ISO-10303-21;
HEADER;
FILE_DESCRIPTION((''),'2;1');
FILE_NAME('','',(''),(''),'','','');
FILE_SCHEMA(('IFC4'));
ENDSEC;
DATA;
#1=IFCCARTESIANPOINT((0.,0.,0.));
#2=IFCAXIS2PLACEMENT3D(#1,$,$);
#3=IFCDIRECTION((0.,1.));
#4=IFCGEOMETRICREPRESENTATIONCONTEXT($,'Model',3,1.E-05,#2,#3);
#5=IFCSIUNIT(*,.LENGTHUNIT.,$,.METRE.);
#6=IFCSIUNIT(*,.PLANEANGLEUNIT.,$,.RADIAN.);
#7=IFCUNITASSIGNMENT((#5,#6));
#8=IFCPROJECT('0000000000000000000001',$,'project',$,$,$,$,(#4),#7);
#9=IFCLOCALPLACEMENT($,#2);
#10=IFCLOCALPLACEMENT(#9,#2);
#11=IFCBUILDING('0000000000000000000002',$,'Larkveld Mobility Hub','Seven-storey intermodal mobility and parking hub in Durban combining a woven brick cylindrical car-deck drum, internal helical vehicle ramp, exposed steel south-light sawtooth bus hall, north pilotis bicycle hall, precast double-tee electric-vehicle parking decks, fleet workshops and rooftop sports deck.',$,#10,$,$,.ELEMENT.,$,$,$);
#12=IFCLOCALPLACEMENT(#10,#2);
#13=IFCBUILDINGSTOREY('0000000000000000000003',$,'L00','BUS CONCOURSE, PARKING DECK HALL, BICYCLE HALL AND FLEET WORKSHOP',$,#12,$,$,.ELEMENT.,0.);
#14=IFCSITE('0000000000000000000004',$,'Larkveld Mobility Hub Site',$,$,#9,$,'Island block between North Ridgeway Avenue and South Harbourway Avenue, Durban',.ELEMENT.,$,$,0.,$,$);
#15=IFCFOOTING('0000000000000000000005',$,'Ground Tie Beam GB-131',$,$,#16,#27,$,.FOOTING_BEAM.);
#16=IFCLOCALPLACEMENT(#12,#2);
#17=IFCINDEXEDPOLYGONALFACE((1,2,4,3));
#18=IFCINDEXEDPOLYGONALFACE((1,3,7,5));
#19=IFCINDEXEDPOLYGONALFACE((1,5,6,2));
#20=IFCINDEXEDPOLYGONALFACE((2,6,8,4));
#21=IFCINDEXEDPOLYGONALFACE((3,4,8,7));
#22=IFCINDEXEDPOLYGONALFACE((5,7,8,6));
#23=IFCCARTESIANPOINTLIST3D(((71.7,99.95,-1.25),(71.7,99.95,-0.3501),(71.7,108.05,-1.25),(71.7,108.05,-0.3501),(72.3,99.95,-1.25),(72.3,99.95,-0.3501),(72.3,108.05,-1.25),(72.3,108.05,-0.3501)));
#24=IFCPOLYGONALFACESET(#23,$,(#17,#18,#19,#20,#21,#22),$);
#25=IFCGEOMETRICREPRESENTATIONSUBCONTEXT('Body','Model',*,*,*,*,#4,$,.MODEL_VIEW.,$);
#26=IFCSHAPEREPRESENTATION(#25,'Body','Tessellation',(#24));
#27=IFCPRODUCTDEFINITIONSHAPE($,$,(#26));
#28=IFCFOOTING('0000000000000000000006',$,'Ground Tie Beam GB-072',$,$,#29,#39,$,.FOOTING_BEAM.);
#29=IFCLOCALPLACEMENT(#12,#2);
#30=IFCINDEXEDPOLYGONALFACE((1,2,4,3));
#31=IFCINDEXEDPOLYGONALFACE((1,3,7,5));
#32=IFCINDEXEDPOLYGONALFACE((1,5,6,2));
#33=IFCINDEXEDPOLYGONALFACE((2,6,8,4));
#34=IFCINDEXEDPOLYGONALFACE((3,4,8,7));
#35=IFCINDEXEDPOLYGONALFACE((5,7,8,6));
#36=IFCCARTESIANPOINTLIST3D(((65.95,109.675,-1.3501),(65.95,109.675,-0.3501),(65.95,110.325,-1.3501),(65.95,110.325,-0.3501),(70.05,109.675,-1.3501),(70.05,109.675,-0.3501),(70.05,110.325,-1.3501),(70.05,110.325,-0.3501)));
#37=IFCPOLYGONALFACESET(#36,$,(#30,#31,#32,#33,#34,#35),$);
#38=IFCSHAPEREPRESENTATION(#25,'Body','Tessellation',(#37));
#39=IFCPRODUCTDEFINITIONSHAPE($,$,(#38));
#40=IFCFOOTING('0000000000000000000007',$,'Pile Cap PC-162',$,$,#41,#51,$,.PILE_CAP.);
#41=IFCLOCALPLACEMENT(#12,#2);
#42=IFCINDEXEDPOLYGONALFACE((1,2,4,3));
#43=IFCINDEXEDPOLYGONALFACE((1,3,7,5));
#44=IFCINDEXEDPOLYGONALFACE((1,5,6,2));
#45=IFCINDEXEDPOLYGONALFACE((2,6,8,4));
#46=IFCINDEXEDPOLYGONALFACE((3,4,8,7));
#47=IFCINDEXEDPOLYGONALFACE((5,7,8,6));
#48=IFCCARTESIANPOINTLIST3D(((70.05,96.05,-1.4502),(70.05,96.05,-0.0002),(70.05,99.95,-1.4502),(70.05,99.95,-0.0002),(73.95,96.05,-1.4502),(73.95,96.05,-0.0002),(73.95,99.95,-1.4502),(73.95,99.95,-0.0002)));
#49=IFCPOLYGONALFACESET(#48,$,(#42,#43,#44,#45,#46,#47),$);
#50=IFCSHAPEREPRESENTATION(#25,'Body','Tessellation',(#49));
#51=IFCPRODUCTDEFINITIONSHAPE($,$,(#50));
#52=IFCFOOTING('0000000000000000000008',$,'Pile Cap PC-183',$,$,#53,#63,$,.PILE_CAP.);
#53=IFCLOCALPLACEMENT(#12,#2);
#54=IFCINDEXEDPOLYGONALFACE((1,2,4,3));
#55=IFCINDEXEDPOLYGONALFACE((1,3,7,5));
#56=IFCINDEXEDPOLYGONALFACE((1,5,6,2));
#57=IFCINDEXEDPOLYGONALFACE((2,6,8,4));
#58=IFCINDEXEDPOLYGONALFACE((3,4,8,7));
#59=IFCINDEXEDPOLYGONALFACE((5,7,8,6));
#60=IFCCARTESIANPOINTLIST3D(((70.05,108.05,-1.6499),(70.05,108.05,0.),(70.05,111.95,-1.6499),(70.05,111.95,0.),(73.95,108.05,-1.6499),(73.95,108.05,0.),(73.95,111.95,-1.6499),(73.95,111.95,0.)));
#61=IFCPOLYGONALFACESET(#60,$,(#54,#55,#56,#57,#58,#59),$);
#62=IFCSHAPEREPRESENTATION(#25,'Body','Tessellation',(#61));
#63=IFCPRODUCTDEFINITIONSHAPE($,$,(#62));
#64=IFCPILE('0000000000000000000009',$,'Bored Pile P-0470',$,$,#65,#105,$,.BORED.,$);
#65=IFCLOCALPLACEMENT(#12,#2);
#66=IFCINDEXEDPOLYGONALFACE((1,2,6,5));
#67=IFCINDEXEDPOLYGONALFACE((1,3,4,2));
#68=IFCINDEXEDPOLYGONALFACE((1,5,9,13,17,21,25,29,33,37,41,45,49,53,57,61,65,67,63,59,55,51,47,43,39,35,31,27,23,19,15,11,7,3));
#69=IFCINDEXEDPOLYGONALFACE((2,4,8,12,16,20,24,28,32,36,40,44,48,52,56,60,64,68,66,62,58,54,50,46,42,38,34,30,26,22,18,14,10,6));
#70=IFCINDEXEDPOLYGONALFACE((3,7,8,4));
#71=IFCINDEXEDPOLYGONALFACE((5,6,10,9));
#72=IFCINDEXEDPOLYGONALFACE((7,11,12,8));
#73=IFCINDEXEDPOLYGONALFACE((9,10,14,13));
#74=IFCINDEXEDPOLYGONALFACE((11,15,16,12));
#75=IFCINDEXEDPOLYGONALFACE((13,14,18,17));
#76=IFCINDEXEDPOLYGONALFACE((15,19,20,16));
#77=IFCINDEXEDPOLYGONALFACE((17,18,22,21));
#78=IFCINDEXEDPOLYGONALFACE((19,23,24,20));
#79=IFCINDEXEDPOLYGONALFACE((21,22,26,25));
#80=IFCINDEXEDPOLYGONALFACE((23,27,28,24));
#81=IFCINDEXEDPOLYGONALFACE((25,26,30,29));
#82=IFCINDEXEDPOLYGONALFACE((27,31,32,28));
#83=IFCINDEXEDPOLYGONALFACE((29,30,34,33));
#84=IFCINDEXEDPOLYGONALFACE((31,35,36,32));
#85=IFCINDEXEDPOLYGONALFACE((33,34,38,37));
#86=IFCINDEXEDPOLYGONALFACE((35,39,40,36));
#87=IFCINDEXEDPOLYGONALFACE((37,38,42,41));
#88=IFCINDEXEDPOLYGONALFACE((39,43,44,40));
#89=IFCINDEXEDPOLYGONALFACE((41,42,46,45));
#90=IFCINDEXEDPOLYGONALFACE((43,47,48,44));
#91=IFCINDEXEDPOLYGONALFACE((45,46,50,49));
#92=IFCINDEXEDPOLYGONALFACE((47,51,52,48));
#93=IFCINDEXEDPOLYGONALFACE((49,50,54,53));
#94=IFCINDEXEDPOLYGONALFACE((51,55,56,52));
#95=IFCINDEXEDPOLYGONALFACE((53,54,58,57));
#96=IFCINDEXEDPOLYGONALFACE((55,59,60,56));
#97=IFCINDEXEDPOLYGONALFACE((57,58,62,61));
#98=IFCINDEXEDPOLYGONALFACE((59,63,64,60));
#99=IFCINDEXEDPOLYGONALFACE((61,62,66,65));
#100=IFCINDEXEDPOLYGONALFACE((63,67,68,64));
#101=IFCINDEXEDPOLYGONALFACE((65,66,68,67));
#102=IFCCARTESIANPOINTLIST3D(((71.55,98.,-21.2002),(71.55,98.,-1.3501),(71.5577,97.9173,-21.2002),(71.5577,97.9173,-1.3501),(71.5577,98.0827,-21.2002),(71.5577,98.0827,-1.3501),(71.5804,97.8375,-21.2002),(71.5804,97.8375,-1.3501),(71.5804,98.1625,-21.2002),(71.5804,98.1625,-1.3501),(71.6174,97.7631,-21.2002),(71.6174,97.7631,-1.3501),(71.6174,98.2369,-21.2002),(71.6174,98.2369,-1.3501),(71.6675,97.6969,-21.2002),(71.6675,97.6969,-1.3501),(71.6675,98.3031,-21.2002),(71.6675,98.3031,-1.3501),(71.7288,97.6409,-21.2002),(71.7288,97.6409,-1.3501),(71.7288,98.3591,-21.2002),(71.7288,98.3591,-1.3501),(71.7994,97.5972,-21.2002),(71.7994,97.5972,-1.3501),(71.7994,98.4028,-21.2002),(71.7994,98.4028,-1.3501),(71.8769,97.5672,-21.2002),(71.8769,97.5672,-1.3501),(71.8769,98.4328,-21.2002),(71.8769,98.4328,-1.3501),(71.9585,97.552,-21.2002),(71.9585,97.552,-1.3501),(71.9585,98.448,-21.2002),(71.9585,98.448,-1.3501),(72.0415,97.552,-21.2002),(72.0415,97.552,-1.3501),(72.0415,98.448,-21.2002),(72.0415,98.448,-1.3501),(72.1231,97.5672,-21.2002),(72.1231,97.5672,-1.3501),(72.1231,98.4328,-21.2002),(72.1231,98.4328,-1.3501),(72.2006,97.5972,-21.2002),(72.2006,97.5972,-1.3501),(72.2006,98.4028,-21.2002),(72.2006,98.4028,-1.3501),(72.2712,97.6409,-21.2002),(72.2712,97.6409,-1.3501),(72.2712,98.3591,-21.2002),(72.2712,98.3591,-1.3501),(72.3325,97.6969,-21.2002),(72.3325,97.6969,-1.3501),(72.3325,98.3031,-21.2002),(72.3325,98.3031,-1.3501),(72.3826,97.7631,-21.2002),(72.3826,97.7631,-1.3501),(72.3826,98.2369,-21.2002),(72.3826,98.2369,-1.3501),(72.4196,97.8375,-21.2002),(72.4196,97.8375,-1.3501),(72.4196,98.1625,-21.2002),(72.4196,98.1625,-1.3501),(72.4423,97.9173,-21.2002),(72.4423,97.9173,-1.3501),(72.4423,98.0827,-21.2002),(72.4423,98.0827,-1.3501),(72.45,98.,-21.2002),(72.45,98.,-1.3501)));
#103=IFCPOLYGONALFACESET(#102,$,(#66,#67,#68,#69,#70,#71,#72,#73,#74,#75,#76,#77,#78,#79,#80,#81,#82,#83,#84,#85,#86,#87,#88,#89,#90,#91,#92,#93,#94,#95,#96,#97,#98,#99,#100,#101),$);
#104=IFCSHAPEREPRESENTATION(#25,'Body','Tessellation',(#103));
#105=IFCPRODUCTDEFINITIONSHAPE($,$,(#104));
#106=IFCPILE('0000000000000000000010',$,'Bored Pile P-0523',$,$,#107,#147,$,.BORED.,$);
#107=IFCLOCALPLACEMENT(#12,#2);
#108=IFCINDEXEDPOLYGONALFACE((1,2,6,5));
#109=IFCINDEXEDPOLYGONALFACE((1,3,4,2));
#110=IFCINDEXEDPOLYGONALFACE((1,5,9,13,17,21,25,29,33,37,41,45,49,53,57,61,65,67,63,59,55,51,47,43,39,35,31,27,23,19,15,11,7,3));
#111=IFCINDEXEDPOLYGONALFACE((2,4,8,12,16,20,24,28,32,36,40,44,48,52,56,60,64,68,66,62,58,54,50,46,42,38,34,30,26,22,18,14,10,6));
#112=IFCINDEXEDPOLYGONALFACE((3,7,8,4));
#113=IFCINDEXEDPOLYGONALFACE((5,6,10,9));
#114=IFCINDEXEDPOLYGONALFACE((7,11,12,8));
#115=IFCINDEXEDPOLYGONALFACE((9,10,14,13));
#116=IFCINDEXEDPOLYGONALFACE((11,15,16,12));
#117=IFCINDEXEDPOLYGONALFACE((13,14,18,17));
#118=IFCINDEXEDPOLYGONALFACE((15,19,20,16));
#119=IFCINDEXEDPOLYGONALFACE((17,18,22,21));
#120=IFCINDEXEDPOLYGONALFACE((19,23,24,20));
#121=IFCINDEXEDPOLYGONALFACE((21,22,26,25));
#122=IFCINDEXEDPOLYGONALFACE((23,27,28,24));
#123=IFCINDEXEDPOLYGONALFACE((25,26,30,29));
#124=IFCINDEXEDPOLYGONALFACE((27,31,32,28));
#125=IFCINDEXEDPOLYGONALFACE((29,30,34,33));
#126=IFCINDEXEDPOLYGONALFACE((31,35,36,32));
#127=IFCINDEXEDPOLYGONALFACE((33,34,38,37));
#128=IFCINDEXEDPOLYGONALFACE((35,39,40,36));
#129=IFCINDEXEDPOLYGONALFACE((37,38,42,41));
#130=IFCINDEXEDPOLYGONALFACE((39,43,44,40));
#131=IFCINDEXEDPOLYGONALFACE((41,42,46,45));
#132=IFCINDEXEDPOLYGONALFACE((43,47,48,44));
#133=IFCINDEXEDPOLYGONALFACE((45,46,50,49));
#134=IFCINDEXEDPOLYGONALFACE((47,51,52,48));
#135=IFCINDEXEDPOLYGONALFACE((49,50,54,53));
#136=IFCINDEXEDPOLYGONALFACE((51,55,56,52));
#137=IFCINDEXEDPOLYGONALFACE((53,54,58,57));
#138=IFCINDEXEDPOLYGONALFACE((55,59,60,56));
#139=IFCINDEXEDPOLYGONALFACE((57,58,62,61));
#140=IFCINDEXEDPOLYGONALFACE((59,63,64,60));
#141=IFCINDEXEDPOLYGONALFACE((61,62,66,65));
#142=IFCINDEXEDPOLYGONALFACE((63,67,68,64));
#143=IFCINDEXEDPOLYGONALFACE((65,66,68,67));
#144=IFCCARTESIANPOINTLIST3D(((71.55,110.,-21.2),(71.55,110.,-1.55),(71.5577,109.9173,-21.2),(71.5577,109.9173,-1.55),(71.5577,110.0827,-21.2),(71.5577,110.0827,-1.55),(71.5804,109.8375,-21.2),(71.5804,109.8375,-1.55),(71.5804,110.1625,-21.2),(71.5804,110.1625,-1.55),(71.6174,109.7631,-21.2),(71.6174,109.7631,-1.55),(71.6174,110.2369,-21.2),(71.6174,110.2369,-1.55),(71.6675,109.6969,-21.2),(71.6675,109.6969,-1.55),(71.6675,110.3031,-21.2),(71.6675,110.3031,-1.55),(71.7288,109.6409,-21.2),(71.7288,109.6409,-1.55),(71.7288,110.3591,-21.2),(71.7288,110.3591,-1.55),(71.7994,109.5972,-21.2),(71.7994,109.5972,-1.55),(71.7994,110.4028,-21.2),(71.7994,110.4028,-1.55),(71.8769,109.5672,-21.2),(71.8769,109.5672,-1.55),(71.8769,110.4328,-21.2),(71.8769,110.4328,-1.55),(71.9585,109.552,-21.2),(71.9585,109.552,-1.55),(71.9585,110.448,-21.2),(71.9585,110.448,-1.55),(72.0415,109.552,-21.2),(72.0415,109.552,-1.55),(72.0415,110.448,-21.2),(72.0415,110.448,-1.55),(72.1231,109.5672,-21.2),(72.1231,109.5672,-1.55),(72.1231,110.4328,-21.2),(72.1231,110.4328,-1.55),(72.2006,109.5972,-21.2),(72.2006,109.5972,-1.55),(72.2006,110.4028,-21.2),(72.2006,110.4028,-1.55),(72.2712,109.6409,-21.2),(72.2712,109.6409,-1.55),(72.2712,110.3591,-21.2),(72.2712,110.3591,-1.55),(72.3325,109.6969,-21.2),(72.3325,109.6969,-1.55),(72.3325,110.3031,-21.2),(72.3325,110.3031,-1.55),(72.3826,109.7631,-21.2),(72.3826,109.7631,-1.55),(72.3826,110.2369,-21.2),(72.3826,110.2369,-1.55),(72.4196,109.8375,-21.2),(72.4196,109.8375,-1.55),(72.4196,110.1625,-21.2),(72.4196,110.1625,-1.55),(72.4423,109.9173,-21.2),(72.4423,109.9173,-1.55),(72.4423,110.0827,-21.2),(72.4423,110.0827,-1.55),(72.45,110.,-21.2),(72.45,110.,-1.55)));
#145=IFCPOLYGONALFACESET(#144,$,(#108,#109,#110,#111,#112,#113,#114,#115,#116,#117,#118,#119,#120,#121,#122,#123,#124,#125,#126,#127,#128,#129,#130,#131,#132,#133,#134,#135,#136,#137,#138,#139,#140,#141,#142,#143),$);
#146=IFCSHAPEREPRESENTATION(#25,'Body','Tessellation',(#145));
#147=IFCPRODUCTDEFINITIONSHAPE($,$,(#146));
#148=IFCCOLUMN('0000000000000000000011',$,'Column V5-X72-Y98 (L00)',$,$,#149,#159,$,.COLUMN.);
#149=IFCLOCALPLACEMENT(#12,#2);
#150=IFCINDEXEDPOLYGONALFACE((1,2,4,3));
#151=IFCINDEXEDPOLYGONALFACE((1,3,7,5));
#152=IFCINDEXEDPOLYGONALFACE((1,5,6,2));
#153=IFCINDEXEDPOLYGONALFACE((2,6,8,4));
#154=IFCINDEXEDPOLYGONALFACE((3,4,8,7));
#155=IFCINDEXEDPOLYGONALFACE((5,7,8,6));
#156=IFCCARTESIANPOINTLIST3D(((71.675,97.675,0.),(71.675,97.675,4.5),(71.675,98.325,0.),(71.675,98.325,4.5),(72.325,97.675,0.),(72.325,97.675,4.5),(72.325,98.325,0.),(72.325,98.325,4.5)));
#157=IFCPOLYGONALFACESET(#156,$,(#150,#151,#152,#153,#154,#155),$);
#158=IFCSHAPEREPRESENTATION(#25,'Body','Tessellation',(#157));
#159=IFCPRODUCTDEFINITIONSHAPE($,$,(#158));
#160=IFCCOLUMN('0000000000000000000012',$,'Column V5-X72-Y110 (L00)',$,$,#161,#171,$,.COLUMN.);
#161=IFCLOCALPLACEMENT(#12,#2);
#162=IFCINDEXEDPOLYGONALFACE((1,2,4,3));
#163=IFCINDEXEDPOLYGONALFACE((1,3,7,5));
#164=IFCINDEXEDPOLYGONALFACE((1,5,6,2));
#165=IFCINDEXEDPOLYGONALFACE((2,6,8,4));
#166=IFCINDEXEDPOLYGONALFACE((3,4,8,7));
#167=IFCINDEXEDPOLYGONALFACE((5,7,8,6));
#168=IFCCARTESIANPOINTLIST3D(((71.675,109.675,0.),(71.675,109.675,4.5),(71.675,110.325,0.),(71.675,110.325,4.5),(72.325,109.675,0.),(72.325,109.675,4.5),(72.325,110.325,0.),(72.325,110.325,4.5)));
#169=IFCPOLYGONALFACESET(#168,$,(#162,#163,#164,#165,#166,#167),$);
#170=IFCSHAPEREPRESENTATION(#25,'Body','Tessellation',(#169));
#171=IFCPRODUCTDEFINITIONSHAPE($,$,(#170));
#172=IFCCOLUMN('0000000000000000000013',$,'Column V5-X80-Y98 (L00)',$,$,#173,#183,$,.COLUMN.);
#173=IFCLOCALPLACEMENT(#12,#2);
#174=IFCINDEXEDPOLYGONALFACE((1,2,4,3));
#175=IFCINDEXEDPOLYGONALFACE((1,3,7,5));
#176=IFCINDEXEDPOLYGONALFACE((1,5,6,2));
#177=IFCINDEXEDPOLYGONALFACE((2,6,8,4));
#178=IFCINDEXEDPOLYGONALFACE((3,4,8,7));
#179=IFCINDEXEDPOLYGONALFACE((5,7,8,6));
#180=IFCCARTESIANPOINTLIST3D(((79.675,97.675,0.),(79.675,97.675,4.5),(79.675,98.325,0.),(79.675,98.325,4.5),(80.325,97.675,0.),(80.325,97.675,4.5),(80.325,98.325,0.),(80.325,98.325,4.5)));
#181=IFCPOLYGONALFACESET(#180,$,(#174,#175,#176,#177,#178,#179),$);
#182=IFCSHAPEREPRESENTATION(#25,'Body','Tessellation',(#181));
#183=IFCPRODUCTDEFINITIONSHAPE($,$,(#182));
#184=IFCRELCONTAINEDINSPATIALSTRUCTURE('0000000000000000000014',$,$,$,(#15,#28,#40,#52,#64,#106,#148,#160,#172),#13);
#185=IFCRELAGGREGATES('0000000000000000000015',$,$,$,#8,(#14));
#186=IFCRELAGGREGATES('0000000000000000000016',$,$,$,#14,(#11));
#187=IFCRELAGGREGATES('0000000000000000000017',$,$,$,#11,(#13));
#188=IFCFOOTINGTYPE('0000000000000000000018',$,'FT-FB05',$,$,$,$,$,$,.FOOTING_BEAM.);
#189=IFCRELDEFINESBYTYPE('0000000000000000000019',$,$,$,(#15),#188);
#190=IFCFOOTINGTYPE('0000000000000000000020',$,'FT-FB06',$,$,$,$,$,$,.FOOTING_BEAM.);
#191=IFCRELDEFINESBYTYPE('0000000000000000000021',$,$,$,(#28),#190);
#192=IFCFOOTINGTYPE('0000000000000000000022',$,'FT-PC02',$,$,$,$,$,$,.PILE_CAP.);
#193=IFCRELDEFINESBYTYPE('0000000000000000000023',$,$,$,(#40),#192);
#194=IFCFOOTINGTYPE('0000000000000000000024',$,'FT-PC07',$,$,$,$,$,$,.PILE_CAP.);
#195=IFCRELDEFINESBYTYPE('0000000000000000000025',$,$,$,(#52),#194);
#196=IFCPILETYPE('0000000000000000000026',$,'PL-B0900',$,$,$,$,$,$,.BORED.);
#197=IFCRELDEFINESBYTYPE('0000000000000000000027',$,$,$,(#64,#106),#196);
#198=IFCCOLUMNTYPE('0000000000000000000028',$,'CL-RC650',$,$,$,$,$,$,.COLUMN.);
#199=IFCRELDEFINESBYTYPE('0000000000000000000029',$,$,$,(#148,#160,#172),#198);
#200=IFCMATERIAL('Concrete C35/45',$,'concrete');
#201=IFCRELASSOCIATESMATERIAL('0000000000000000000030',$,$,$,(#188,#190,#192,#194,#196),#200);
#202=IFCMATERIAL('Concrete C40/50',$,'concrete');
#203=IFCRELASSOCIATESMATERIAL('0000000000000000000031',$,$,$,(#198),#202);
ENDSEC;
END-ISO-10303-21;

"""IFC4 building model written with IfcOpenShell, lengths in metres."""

from ifc_helpers import new_model, si_unit, direction, frame, origin, origin_2d, place, context, subcontext, project, spatial, rectangle, circle, extrude, material, material_profile, profile_set, type_object, element, save


model = new_model("IFC4")

# Units and contexts
model_context = context("Model", 3, precision=1e-05, world=origin(), true_north=direction((0.0, 1.0)))
body_context = subcontext(model_context, "Body", "Model", "MODEL_VIEW")
ifc_project = project(units=[si_unit("LENGTHUNIT", "METRE"), si_unit("PLANEANGLEUNIT", "RADIAN")], contexts=[model_context])

# Site, building, storey
site_placement = place(None, origin())
site = spatial("IfcSite", under=ifc_project, at=site_placement, Name="Larkveld Mobility Hub Site", LongName="Island block between North Ridgeway Avenue and South Harbourway Avenue, Durban", CompositionType="ELEMENT", RefElevation=0.0)
building_placement = place(site_placement, origin())
building = spatial("IfcBuilding", under=site, at=building_placement, Name="Larkveld Mobility Hub", Description="Seven-storey intermodal mobility and parking hub in Durban combining a woven brick cylindrical car-deck drum, internal helical vehicle ramp, exposed steel south-light sawtooth bus hall, north pilotis bicycle hall, precast double-tee electric-vehicle parking decks, fleet workshops and rooftop sports deck.", CompositionType="ELEMENT")
storey_placement = place(building_placement, origin())
storey = spatial("IfcBuildingStorey", under=building, at=storey_placement, Name="L00", Description="BUS CONCOURSE, PARKING DECK HALL, BICYCLE HALL AND FLEET WORKSHOP", CompositionType="ELEMENT", Elevation=0.0)

# Footings
ifc_material_1 = material(Name="Concrete C35/45", Category="concrete")
ifc_material_profile_1 = material_profile(ifc_material_1, rectangle(XDim=0.6001, YDim=0.8999, at=origin_2d()), Name="RC BM 600x900")
ifc_profile_set_1 = profile_set([ifc_material_profile_1], Name="Concrete C35/45")
footing_type_1 = type_object("IfcFootingType", Name="FT-FB05", PredefinedType="FOOTING_BEAM", material=ifc_profile_set_1)
footing_1_placement = place(storey_placement, frame((72.0, 99.95, -0.8), z_axis=(0.0, 1.0, 0.0), x_axis=(-1.0, 0.0, 0.0)))
element("IfcFooting", 1, at=footing_1_placement, inside=storey, type_object=footing_type_1, Name="Ground Tie Beam GB-131", PredefinedType="FOOTING_BEAM", context=body_context, shape_type="SweptSolid", body=[
    extrude(rectangle(XDim=0.6001, YDim=0.8999, at=origin_2d()), origin(), (0.0, 0.0, 1.0), 8.1001),
])
ifc_material_profile_2 = material_profile(ifc_material_1, rectangle(XDim=0.6499, YDim=1.0, at=origin_2d()), Name="RC BM 650x1000")
ifc_profile_set_2 = profile_set([ifc_material_profile_2], Name="Concrete C35/45")
footing_type_2 = type_object("IfcFootingType", Name="FT-FB06", PredefinedType="FOOTING_BEAM", material=ifc_profile_set_2)
footing_2_placement = place(storey_placement, frame((65.95, 110.0, -0.8501), z_axis=(1.0, 0.0, 0.0), x_axis=(0.0, 1.0, 0.0)))
element("IfcFooting", 2, at=footing_2_placement, inside=storey, type_object=footing_type_2, Name="Ground Tie Beam GB-072", PredefinedType="FOOTING_BEAM", context=body_context, shape_type="SweptSolid", body=[
    extrude(rectangle(XDim=0.6499, YDim=1.0, at=origin_2d()), origin(), (0.0, 0.0, 1.0), 4.1001),
])
footing_type_3 = type_object("IfcFootingType", Name="FT-PC02", PredefinedType="PILE_CAP", material=ifc_material_1)
footing_3_placement = place(storey_placement, frame((72.0, 98.0, -1.4502), z_axis=(0.0, 0.0, 1.0), x_axis=(1.0, 0.0, 0.0)))
element("IfcFooting", 3, at=footing_3_placement, inside=storey, type_object=footing_type_3, Name="Pile Cap PC-162", PredefinedType="PILE_CAP", context=body_context, shape_type="SweptSolid", body=[
    extrude(rectangle(XDim=3.8999, YDim=3.8999, at=origin_2d()), origin(), (0.0, 0.0, 1.0), 1.45),
])
footing_type_4 = type_object("IfcFootingType", Name="FT-PC07", PredefinedType="PILE_CAP", material=ifc_material_1)
footing_4_placement = place(storey_placement, frame((72.0, 110.0, -1.6499), z_axis=(0.0, 0.0, 1.0), x_axis=(1.0, 0.0, 0.0)))
element("IfcFooting", 4, at=footing_4_placement, inside=storey, type_object=footing_type_4, Name="Pile Cap PC-183", PredefinedType="PILE_CAP", context=body_context, shape_type="SweptSolid", body=[
    extrude(rectangle(XDim=3.8999, YDim=3.8999, at=origin_2d()), origin(), (0.0, 0.0, 1.0), 1.6499),
])

# Piles
ifc_material_profile_3 = material_profile(ifc_material_1, circle(Radius=0.45, at=origin_2d()), Name="PILE D900")
ifc_profile_set_3 = profile_set([ifc_material_profile_3], Name="Concrete C35/45")
pile_type = type_object("IfcPileType", Name="PL-B0900", PredefinedType="BORED", material=ifc_profile_set_3)
pile_1_placement = place(storey_placement, frame((72.0, 98.0, -1.3501), z_axis=(0.0, 0.0, -1.0), x_axis=(1.0, 0.0, 0.0)))
element("IfcPile", 5, at=pile_1_placement, inside=storey, type_object=pile_type, Name="Bored Pile P-0470", PredefinedType="BORED", context=body_context, shape_type="SweptSolid", body=[
    extrude(circle(Radius=0.45, at=origin_2d()), origin(), (0.0, 0.0, 1.0), 19.8501),
])
pile_2_placement = place(storey_placement, frame((72.0, 110.0, -1.55), z_axis=(0.0, 0.0, -1.0), x_axis=(1.0, 0.0, 0.0)))
element("IfcPile", 6, at=pile_2_placement, inside=storey, type_object=pile_type, Name="Bored Pile P-0523", PredefinedType="BORED", context=body_context, shape_type="SweptSolid", body=[
    extrude(circle(Radius=0.45, at=origin_2d()), origin(), (0.0, 0.0, 1.0), 19.6499),
])

# Columns
ifc_material_2 = material(Name="Concrete C40/50", Category="concrete")
ifc_material_profile_4 = material_profile(ifc_material_2, rectangle(XDim=0.6499, YDim=0.6499, at=origin_2d()), Name="RC COL 650x650")
ifc_profile_set_4 = profile_set([ifc_material_profile_4], Name="Concrete C40/50")
column_type = type_object("IfcColumnType", Name="CL-RC650", PredefinedType="COLUMN", material=ifc_profile_set_4)
for number, where, z_axis, x_axis, name in (
    (7, (72.0, 98.0, 0.0), (0.0, 0.0, 1.0), (1.0, 0.0, 0.0), "Column V5-X72-Y98 (L00)"),
    (8, (72.0, 110.0, 0.0), (0.0, 0.0, 1.0), (1.0, 0.0, 0.0), "Column V5-X72-Y110 (L00)"),
    (9, (80.0, 98.0, 0.0), (0.0, 0.0, 1.0), (1.0, 0.0, 0.0), "Column V5-X80-Y98 (L00)"),
):
    element("IfcColumn", number, at=place(storey_placement, frame(where, z_axis=z_axis, x_axis=x_axis)), inside=storey, type_object=column_type, Name=name, PredefinedType="COLUMN", context=body_context, shape_type="SweptSolid", body=[
        extrude(rectangle(XDim=0.6499, YDim=0.6499, at=origin_2d()), origin(), (0.0, 0.0, 1.0), 4.5),
    ])

save(model, "model.ifc")
